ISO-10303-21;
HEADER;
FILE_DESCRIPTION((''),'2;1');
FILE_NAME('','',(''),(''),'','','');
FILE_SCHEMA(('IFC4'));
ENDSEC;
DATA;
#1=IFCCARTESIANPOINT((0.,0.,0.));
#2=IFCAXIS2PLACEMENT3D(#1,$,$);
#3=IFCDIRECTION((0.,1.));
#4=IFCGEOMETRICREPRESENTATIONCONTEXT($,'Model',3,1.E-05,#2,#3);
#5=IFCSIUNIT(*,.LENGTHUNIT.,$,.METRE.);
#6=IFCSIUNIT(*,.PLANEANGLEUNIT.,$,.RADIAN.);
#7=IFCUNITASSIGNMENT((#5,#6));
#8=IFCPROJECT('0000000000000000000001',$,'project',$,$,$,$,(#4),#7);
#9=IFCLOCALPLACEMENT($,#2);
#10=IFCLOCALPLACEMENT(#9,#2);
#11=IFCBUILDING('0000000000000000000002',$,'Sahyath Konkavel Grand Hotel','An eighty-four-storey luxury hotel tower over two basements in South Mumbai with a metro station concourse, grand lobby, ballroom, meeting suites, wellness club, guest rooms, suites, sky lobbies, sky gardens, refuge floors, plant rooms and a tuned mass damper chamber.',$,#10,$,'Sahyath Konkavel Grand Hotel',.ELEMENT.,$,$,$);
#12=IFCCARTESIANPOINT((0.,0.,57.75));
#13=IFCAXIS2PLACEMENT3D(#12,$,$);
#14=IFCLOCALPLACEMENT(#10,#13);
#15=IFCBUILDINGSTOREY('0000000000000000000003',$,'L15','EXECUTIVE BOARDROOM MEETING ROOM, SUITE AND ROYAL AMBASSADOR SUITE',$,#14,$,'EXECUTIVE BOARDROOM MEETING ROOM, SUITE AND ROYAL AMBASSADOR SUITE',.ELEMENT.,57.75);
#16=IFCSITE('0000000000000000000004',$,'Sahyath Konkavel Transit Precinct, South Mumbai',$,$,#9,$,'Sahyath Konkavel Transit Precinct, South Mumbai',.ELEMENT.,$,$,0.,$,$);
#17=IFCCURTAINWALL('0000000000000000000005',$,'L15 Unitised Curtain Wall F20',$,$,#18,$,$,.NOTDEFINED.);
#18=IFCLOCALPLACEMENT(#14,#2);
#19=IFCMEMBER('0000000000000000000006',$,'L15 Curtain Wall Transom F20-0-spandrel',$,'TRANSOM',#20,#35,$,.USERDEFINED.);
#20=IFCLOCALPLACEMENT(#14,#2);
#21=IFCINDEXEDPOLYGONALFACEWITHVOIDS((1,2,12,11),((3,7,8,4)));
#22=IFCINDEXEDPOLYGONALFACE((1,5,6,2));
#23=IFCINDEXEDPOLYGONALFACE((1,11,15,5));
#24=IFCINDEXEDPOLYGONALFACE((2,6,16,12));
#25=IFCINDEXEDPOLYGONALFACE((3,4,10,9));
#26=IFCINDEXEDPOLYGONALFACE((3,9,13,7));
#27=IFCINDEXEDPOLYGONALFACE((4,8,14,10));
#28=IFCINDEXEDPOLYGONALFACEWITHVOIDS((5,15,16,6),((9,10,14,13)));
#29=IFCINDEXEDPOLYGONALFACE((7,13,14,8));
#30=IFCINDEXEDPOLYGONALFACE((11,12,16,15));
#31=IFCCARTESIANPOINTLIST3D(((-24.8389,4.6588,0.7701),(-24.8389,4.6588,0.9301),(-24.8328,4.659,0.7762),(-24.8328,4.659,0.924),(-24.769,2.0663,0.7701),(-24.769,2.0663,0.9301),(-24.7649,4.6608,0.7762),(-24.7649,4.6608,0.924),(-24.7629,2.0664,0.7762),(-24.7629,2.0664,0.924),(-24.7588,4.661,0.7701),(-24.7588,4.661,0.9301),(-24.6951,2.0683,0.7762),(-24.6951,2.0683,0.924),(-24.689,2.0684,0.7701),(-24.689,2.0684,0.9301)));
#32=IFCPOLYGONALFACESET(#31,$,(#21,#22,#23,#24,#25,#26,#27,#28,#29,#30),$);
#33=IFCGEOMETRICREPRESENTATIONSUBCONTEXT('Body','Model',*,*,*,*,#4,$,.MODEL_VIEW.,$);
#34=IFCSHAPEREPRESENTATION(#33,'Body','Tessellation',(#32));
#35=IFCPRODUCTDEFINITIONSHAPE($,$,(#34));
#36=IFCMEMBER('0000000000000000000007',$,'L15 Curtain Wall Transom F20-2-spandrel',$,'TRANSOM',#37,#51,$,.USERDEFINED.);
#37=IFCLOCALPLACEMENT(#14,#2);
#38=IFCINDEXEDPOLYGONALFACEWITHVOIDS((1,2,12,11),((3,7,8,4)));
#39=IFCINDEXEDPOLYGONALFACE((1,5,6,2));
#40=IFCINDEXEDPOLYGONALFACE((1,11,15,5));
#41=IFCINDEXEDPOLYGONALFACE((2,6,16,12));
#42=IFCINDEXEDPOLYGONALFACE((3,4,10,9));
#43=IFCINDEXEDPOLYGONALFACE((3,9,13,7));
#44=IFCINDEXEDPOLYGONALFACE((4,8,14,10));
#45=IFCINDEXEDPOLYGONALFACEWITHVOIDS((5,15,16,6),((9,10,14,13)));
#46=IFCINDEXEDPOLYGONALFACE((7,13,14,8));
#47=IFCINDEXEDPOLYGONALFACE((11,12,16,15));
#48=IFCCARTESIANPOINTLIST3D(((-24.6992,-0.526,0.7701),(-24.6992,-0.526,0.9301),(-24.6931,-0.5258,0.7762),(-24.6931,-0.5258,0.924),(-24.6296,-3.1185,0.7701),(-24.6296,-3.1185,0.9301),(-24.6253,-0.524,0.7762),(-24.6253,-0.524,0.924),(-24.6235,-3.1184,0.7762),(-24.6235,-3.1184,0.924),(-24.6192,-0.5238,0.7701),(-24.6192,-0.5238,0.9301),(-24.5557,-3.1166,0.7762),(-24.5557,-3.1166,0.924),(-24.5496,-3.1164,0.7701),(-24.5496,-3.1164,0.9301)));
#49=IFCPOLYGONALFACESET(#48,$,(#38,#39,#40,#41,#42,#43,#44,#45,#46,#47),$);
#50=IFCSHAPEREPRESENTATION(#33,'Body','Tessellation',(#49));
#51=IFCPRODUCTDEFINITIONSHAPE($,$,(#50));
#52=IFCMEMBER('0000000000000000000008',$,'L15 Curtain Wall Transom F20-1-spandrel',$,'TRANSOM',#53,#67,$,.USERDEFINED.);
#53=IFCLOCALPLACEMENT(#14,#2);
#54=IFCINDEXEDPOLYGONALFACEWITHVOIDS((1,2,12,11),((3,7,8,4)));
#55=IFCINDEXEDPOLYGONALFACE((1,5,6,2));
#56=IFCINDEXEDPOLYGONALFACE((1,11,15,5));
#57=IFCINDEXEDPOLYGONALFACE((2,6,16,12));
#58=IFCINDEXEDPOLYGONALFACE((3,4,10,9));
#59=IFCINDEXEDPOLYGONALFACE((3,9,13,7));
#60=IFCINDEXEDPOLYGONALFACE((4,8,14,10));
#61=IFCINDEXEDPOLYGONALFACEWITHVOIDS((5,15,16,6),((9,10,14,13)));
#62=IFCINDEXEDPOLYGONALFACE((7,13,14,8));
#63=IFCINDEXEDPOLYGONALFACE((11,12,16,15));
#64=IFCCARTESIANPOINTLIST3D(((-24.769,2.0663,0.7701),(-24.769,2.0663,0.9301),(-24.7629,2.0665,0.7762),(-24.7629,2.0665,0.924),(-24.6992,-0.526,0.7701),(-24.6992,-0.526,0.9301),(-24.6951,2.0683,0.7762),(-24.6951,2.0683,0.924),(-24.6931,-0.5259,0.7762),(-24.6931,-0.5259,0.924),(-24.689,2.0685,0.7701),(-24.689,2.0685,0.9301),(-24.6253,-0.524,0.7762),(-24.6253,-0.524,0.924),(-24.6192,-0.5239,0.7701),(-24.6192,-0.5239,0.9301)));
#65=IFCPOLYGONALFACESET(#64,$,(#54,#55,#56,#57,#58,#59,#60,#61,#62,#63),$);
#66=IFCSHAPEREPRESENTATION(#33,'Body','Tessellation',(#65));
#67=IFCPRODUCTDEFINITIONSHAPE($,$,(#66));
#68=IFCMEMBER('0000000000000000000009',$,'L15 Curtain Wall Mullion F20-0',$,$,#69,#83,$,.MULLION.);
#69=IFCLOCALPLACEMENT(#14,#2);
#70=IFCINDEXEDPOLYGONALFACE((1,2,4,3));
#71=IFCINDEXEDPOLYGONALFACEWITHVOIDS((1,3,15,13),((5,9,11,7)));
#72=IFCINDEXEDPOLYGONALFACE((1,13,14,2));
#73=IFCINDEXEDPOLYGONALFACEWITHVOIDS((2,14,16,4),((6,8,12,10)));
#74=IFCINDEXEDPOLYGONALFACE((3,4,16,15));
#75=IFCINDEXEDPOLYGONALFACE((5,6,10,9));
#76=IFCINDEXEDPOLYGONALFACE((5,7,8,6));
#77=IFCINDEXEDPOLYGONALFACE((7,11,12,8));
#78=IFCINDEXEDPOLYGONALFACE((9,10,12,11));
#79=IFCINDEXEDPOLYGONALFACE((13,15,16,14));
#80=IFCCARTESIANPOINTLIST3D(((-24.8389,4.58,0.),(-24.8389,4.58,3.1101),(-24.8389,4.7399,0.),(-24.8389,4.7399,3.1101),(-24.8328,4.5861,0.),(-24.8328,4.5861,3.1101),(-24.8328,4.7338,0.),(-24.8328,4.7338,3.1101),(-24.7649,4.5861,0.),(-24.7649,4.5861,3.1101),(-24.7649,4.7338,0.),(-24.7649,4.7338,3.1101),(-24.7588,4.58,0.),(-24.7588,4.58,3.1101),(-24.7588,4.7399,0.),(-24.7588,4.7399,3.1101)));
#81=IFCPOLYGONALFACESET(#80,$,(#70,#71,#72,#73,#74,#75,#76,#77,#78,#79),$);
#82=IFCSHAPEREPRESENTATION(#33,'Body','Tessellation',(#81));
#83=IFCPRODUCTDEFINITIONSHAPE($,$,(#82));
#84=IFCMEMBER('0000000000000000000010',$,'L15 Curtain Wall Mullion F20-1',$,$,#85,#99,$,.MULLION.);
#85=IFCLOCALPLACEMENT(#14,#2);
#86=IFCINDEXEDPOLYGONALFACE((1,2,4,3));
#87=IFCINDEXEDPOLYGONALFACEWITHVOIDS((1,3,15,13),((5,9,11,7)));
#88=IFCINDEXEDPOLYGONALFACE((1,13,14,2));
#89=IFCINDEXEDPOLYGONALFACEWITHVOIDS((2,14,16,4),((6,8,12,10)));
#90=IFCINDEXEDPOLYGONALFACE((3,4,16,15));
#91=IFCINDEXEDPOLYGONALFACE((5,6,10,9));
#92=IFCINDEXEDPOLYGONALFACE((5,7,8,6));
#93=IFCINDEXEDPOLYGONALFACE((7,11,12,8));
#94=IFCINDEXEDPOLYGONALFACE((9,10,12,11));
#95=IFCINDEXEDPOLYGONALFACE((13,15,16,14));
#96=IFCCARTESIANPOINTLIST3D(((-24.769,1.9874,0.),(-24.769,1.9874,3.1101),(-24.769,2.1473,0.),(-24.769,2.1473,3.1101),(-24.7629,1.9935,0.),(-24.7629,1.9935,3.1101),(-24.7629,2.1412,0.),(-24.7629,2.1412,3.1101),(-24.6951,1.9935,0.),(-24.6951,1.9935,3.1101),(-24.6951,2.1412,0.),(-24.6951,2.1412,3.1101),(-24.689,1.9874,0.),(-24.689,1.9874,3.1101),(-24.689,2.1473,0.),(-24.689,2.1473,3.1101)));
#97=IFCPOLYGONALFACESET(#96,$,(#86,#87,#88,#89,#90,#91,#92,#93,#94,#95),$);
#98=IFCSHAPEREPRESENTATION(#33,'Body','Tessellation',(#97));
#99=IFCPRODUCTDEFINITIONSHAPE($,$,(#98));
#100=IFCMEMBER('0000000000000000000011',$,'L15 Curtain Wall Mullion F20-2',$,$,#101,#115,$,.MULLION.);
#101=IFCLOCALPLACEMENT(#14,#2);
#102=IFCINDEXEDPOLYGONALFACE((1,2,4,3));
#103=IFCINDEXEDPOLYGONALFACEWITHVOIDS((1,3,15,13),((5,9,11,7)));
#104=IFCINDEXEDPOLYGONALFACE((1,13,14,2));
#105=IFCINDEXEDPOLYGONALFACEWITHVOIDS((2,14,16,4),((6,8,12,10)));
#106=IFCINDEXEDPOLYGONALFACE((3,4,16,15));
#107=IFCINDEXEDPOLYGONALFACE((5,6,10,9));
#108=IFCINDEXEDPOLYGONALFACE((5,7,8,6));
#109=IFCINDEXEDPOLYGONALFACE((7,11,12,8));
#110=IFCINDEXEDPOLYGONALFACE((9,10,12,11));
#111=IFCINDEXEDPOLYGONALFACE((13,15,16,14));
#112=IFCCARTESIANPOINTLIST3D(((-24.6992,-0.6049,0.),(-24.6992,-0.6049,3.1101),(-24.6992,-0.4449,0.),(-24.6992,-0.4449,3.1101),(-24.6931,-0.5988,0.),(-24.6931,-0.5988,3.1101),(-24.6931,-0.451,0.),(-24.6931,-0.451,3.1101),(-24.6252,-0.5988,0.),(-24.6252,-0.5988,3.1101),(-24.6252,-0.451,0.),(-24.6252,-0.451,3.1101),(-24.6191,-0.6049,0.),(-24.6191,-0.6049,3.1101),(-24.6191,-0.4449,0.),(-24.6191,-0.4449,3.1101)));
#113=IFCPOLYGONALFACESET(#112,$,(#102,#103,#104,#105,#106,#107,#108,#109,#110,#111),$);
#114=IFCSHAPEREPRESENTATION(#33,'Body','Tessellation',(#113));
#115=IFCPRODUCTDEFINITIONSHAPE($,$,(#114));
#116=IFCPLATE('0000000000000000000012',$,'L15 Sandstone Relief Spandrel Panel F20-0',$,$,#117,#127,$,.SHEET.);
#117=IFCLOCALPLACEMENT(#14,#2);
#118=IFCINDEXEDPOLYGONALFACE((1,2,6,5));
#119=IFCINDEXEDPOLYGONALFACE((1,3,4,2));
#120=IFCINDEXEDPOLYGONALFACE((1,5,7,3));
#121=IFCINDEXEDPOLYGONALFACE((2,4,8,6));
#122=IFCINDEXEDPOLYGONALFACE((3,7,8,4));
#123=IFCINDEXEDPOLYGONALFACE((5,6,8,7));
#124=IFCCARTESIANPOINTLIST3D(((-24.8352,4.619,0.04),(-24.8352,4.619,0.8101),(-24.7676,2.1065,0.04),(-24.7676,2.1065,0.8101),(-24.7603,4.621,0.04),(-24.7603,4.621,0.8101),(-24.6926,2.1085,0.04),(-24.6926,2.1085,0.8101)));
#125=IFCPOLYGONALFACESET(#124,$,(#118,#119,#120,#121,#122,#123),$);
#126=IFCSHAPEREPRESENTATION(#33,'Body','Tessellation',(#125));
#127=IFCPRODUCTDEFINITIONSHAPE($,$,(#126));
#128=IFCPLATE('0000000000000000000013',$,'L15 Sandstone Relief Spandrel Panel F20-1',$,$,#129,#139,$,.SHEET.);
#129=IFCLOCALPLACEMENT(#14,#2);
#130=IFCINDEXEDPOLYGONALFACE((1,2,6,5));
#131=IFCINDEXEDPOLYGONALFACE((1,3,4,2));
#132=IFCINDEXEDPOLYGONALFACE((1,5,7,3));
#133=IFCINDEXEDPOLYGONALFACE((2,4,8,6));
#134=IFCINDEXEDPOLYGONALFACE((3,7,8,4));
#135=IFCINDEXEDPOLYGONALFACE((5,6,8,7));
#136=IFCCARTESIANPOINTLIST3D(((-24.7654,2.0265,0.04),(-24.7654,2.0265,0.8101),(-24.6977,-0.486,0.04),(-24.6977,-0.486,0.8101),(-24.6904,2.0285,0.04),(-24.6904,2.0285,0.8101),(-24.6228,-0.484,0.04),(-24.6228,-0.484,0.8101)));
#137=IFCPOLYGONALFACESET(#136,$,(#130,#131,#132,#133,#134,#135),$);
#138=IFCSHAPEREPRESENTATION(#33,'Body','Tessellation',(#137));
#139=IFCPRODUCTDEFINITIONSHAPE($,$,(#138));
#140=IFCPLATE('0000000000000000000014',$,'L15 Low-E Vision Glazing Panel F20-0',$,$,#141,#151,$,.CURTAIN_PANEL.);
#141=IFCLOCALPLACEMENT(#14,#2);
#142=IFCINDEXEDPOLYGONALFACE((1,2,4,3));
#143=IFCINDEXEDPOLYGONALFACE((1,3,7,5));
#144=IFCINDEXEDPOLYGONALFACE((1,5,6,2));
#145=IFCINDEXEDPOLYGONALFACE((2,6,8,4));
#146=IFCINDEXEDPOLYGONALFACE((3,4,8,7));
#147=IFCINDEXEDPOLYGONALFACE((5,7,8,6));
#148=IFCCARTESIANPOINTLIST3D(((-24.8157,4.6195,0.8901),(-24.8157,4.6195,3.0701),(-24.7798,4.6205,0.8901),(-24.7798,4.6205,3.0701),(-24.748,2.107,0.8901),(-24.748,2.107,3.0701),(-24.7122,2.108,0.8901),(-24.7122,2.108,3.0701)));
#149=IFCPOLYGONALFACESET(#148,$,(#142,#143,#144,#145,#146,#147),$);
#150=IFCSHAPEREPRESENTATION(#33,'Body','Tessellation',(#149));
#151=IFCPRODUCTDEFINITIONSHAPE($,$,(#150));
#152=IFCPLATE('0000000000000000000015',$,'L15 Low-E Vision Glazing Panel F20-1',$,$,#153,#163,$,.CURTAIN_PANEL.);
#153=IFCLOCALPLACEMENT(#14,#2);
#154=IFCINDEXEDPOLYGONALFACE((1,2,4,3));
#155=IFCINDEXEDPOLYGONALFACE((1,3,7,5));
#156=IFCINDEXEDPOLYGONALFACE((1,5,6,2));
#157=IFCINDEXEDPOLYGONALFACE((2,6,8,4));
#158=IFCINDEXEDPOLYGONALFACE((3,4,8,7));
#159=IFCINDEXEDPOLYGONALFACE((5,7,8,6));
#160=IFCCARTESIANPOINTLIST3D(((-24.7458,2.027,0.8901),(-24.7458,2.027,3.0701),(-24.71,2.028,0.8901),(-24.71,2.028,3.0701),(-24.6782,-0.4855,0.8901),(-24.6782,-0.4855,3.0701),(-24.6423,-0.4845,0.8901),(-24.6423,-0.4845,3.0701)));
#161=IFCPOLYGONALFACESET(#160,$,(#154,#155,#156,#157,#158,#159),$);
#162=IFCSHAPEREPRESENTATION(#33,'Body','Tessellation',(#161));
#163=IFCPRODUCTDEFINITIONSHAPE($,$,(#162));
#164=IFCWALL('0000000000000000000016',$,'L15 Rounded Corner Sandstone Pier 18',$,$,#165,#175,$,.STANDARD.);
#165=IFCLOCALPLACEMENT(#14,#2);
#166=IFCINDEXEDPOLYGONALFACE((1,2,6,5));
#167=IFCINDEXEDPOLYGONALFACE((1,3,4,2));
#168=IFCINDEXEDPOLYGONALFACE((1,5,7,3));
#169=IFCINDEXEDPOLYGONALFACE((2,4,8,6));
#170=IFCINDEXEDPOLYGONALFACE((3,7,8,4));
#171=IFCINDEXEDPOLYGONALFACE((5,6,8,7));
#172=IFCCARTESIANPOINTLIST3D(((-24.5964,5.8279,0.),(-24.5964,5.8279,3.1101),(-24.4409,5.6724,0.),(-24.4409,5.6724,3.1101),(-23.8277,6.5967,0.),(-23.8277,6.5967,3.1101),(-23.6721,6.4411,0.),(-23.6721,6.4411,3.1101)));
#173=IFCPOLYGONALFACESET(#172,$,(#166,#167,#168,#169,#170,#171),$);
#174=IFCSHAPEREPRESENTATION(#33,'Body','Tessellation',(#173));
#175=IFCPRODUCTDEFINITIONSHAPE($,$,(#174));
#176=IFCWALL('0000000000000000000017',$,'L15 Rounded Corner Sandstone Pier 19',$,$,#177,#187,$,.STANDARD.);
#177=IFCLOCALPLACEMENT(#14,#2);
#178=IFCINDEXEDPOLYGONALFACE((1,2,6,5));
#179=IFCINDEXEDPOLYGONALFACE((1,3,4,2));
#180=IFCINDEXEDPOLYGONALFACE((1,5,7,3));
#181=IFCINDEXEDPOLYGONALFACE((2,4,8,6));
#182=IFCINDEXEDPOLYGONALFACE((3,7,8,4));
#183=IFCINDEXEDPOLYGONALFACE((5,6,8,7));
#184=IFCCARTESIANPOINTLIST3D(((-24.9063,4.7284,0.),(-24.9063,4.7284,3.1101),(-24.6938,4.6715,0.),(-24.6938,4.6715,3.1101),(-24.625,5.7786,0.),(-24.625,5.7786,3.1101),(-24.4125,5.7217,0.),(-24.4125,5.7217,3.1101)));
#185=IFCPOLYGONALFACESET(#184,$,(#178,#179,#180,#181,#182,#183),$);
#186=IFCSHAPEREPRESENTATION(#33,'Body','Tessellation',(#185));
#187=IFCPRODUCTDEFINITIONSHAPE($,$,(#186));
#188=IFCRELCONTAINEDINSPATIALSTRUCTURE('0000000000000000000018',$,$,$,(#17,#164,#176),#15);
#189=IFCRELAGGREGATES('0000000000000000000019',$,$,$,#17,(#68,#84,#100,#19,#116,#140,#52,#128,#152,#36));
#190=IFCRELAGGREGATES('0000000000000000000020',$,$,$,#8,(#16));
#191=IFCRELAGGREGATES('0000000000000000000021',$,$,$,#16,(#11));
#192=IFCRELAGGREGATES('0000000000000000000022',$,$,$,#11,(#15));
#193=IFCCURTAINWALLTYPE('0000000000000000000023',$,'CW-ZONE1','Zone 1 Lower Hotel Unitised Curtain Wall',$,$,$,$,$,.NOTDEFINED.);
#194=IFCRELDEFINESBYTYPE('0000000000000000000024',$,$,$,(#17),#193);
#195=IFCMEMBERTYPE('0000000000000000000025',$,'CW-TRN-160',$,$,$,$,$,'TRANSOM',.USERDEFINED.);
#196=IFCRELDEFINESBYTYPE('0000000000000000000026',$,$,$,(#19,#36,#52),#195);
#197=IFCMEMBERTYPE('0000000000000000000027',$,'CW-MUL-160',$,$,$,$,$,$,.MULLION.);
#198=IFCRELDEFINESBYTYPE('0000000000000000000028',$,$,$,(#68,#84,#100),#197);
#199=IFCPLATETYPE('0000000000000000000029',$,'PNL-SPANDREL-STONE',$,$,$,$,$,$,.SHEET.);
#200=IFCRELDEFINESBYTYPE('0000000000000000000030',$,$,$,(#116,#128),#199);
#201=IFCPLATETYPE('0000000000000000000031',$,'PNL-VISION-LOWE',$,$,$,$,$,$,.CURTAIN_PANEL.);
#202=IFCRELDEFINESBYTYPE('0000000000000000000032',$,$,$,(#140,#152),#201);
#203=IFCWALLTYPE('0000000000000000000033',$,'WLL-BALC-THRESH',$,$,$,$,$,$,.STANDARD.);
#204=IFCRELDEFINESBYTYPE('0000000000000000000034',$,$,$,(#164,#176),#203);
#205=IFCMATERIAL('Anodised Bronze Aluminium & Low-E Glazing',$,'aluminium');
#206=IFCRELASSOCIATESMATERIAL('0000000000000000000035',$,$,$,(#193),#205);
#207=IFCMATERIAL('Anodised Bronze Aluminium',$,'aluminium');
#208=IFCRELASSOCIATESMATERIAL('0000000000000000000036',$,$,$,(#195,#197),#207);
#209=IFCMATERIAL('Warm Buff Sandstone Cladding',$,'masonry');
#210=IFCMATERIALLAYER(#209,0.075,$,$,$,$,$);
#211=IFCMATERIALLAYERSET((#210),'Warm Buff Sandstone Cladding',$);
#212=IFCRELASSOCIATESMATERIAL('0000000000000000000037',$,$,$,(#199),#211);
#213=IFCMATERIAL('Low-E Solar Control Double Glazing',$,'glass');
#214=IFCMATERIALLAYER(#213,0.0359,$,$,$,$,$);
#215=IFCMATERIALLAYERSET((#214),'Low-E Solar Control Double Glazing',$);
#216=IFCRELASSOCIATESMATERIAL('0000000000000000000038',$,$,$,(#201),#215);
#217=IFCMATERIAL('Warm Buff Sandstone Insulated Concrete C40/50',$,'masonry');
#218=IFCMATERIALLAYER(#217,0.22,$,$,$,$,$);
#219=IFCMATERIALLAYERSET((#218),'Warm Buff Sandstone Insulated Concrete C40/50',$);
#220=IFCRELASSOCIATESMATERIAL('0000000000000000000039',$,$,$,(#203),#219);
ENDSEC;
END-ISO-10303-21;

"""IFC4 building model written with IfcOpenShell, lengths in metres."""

from ifc_helpers import new_model, si_unit, direction, frame, frame_2d, origin, origin_2d, place, context, subcontext, project, spatial, rectangle, hollow_rectangle, extrude, source, transform, mapped, material, layer, layer_set, material_profile, profile_set, type_object, element, aggregate, save


model = new_model("IFC4")

# Units and contexts
model_context = context("Model", 3, precision=1e-05, world=origin(), true_north=direction((0.0, 1.0)))
body_context = subcontext(model_context, "Body", "Model", "MODEL_VIEW")
ifc_project = project(units=[si_unit("LENGTHUNIT", "METRE"), si_unit("PLANEANGLEUNIT", "RADIAN")], contexts=[model_context])

# Site, building, storey
site_placement = place(None, origin())
site = spatial("IfcSite", under=ifc_project, at=site_placement, Name="Sahyath Konkavel Transit Precinct, South Mumbai", LongName="Sahyath Konkavel Transit Precinct, South Mumbai", CompositionType="ELEMENT", RefElevation=0.0)
building_placement = place(site_placement, origin())
building = spatial("IfcBuilding", under=site, at=building_placement, Name="Sahyath Konkavel Grand Hotel", Description="An eighty-four-storey luxury hotel tower over two basements in South Mumbai with a metro station concourse, grand lobby, ballroom, meeting suites, wellness club, guest rooms, suites, sky lobbies, sky gardens, refuge floors, plant rooms and a tuned mass damper chamber.", LongName="Sahyath Konkavel Grand Hotel", CompositionType="ELEMENT")
storey_placement = place(building_placement, frame((0.0, 0.0, 57.75)))
storey = spatial("IfcBuildingStorey", under=building, at=storey_placement, Name="L15", Description="EXECUTIVE BOARDROOM MEETING ROOM, SUITE AND ROYAL AMBASSADOR SUITE", LongName="EXECUTIVE BOARDROOM MEETING ROOM, SUITE AND ROYAL AMBASSADOR SUITE", CompositionType="ELEMENT", Elevation=57.75)

# Curtain wall, members, plates
ifc_material_1 = material(Name="Anodised Bronze Aluminium & Low-E Glazing", Category="aluminium")
curtain_wall_type = type_object("IfcCurtainWallType", Name="CW-ZONE1", Description="Zone 1 Lower Hotel Unitised Curtain Wall", PredefinedType="NOTDEFINED", material=ifc_material_1)
curtain_wall_placement = place(storey_placement, origin())
curtain_wall = element("IfcCurtainWall", 1, at=curtain_wall_placement, inside=storey, type_object=curtain_wall_type, Name="L15 Unitised Curtain Wall F20", PredefinedType="NOTDEFINED")
ifc_material_2 = material(Name="Anodised Bronze Aluminium", Category="aluminium")
ifc_material_profile_1 = material_profile(ifc_material_2, hollow_rectangle(XDim=0.0801, YDim=0.1599, WallThickness=0.0061, at=origin_2d()), Name="RHS 160x80x6")
ifc_profile_set_1 = profile_set([ifc_material_profile_1], Name="Anodised Bronze Aluminium")
member_type_1 = type_object("IfcMemberType", Name="CW-TRN-160", ElementType="TRANSOM", PredefinedType="USERDEFINED", material=ifc_profile_set_1)
shared_shape_1 = source(origin(), body_context, "Body", "SweptSolid", [
    extrude(hollow_rectangle(XDim=0.0801, YDim=0.1599, WallThickness=0.0061, at=origin_2d()), origin(), (0.0, 0.0, 1.0), 2.5935),
])
member_1_placement = place(storey_placement, frame((-24.7988, 4.6599, 0.8501), z_axis=(0.026923, -0.999638, 0.0), x_axis=(0.999638, 0.026923, 0.0)))
member_1 = element("IfcMember", 2, at=member_1_placement, type_object=member_type_1, Name="L15 Curtain Wall Transom F20-0-spandrel", ObjectType="TRANSOM", PredefinedType="USERDEFINED", context=body_context, shape_type="MappedRepresentation", body=[
    mapped(shared_shape_1, transform((0.0, 0.0, 0.0), scale=1.0)),
])
member_2_placement = place(storey_placement, frame((-24.6592, -0.5249, 0.8501), z_axis=(0.026829, -0.99964, 0.0), x_axis=(0.99964, 0.026829, 0.0)))
member_2 = element("IfcMember", 3, at=member_2_placement, type_object=member_type_1, Name="L15 Curtain Wall Transom F20-2-spandrel", ObjectType="TRANSOM", PredefinedType="USERDEFINED", context=body_context, shape_type="MappedRepresentation", body=[
    mapped(shared_shape_1, transform((0.0, 0.0, 0.0), scale=1.0)),
])
shared_shape_2 = source(origin(), body_context, "Body", "SweptSolid", [
    extrude(hollow_rectangle(XDim=0.0801, YDim=0.1599, WallThickness=0.0061, at=origin_2d()), origin(), (0.0, 0.0, 1.0), 2.5933),
])
member_3_placement = place(storey_placement, frame((-24.729, 2.0674, 0.8501), z_axis=(0.026926, -0.999637, 0.0), x_axis=(0.999637, 0.026926, 0.0)))
member_3 = element("IfcMember", 4, at=member_3_placement, type_object=member_type_1, Name="L15 Curtain Wall Transom F20-1-spandrel", ObjectType="TRANSOM", PredefinedType="USERDEFINED", context=body_context, shape_type="MappedRepresentation", body=[
    mapped(shared_shape_2, transform((0.0, 0.0, 0.0), scale=1.0)),
])
ifc_material_profile_2 = material_profile(ifc_material_2, hollow_rectangle(XDim=0.0801, YDim=0.1599, WallThickness=0.0061, at=origin_2d()), Name="RHS 160x80x6")
ifc_profile_set_2 = profile_set([ifc_material_profile_2], Name="Anodised Bronze Aluminium")
member_type_2 = type_object("IfcMemberType", Name="CW-MUL-160", PredefinedType="MULLION", material=ifc_profile_set_2)
shared_shape_3 = source(origin(), body_context, "Body", "SweptSolid", [
    extrude(hollow_rectangle(XDim=0.0801, YDim=0.1599, WallThickness=0.0061, at=origin_2d()), origin(), (0.0, 0.0, 1.0), 3.1101),
])
member_4_placement = place(storey_placement, frame((-24.7988, 4.6599, 0.0), z_axis=(0.0, 0.0, 1.0), x_axis=(1.0, 0.0, 0.0)))
member_4 = element("IfcMember", 5, at=member_4_placement, type_object=member_type_2, Name="L15 Curtain Wall Mullion F20-0", PredefinedType="MULLION", context=body_context, shape_type="MappedRepresentation", body=[
    mapped(shared_shape_3, transform((0.0, 0.0, 0.0), scale=1.0)),
])
member_5_placement = place(storey_placement, frame((-24.729, 2.0674, 0.0), z_axis=(0.0, 0.0, 1.0), x_axis=(1.0, 0.0, 0.0)))
member_5 = element("IfcMember", 6, at=member_5_placement, type_object=member_type_2, Name="L15 Curtain Wall Mullion F20-1", PredefinedType="MULLION", context=body_context, shape_type="MappedRepresentation", body=[
    mapped(shared_shape_3, transform((0.0, 0.0, 0.0), scale=1.0)),
])
member_6_placement = place(storey_placement, frame((-24.6592, -0.5249, 0.0), z_axis=(0.0, 0.0, 1.0), x_axis=(1.0, 0.0, 0.0)))
member_6 = element("IfcMember", 7, at=member_6_placement, type_object=member_type_2, Name="L15 Curtain Wall Mullion F20-2", PredefinedType="MULLION", context=body_context, shape_type="MappedRepresentation", body=[
    mapped(shared_shape_3, transform((0.0, 0.0, 0.0), scale=1.0)),
])
ifc_material_3 = material(Name="Warm Buff Sandstone Cladding", Category="masonry")
ifc_layer_1 = layer(ifc_material_3, 0.075)
ifc_layer_set_1 = layer_set([ifc_layer_1], Name="Warm Buff Sandstone Cladding")
plate_type_1 = type_object("IfcPlateType", Name="PNL-SPANDREL-STONE", PredefinedType="SHEET", material=ifc_layer_set_1)
shared_shape_4 = source(origin(), body_context, "Body", "SweptSolid", [
    extrude(rectangle(XDim=2.5134, YDim=0.075, at=origin_2d()), origin(), (0.0, 0.0, 1.0), 0.77),
])
plate_1_placement = place(storey_placement, frame((-24.7639, 3.3638, 0.04), z_axis=(0.0, 0.0, 1.0), x_axis=(0.02691, -0.999638, 0.0)))
plate_1 = element("IfcPlate", 8, at=plate_1_placement, type_object=plate_type_1, Name="L15 Sandstone Relief Spandrel Panel F20-0", PredefinedType="SHEET", context=body_context, shape_type="MappedRepresentation", body=[
    mapped(shared_shape_4, transform((0.0, 0.0, 0.0), scale=1.0)),
])
plate_2_placement = place(storey_placement, frame((-24.6941, 0.7712, 0.04), z_axis=(0.0, 0.0, 1.0), x_axis=(0.02691, -0.999638, 0.0)))
plate_2 = element("IfcPlate", 9, at=plate_2_placement, type_object=plate_type_1, Name="L15 Sandstone Relief Spandrel Panel F20-1", PredefinedType="SHEET", context=body_context, shape_type="MappedRepresentation", body=[
    mapped(shared_shape_4, transform((0.0, 0.0, 0.0), scale=1.0)),
])
ifc_material_4 = material(Name="Low-E Solar Control Double Glazing", Category="glass")
ifc_layer_2 = layer(ifc_material_4, 0.0359)
ifc_layer_set_2 = layer_set([ifc_layer_2], Name="Low-E Solar Control Double Glazing")
plate_type_2 = type_object("IfcPlateType", Name="PNL-VISION-LOWE", PredefinedType="CURTAIN_PANEL", material=ifc_layer_set_2)
shared_shape_5 = source(origin(), body_context, "Body", "SweptSolid", [
    extrude(rectangle(XDim=2.5134, YDim=0.0359, at=origin_2d()), origin(), (0.0, 0.0, 1.0), 2.1799),
])
plate_3_placement = place(storey_placement, frame((-24.7639, 3.3638, 0.8901), z_axis=(0.0, 0.0, 1.0), x_axis=(0.02691, -0.999638, 0.0)))
plate_3 = element("IfcPlate", 10, at=plate_3_placement, type_object=plate_type_2, Name="L15 Low-E Vision Glazing Panel F20-0", PredefinedType="CURTAIN_PANEL", context=body_context, shape_type="MappedRepresentation", body=[
    mapped(shared_shape_5, transform((0.0, 0.0, 0.0), scale=1.0)),
])
plate_4_placement = place(storey_placement, frame((-24.6941, 0.7712, 0.8901), z_axis=(0.0, 0.0, 1.0), x_axis=(0.02691, -0.999638, 0.0)))
plate_4 = element("IfcPlate", 11, at=plate_4_placement, type_object=plate_type_2, Name="L15 Low-E Vision Glazing Panel F20-1", PredefinedType="CURTAIN_PANEL", context=body_context, shape_type="MappedRepresentation", body=[
    mapped(shared_shape_5, transform((0.0, 0.0, 0.0), scale=1.0)),
])
aggregate(curtain_wall, [member_4, member_5, member_6, member_1, plate_1, plate_3, member_3, plate_2, plate_4, member_2])

# Walls
ifc_material_5 = material(Name="Warm Buff Sandstone Insulated Concrete C40/50", Category="masonry")
ifc_layer_3 = layer(ifc_material_5, 0.22)
ifc_layer_set_3 = layer_set([ifc_layer_3], Name="Warm Buff Sandstone Insulated Concrete C40/50")
wall_type_1 = type_object("IfcWallType", Name="WLL-BALC-THRESH", PredefinedType="STANDARD", material=ifc_layer_set_3)
for number, where, z_axis, x_axis, name in (
    (12, (-23.75, 6.5188, 0.0), (0.0, 0.0, 1.0), (-0.707107, -0.707107, 0.0), "L15 Rounded Corner Sandstone Pier 18"),
    (13, (-24.5188, 5.75, 0.0), (0.0, 0.0, 1.0), (-0.258725, -0.965951, 0.0), "L15 Rounded Corner Sandstone Pier 19"),
):
    element("IfcWall", number, at=place(storey_placement, frame(where, z_axis=z_axis, x_axis=x_axis)), inside=storey, type_object=wall_type_1, Name=name, PredefinedType="STANDARD", context=body_context, shape_type="SweptSolid", body=[
        extrude(rectangle(XDim=1.0872, YDim=0.22, at=frame_2d((0.5435, 0.0))), origin(), (0.0, 0.0, 1.0), 3.1101),
    ])

save(model, "model.ifc")
